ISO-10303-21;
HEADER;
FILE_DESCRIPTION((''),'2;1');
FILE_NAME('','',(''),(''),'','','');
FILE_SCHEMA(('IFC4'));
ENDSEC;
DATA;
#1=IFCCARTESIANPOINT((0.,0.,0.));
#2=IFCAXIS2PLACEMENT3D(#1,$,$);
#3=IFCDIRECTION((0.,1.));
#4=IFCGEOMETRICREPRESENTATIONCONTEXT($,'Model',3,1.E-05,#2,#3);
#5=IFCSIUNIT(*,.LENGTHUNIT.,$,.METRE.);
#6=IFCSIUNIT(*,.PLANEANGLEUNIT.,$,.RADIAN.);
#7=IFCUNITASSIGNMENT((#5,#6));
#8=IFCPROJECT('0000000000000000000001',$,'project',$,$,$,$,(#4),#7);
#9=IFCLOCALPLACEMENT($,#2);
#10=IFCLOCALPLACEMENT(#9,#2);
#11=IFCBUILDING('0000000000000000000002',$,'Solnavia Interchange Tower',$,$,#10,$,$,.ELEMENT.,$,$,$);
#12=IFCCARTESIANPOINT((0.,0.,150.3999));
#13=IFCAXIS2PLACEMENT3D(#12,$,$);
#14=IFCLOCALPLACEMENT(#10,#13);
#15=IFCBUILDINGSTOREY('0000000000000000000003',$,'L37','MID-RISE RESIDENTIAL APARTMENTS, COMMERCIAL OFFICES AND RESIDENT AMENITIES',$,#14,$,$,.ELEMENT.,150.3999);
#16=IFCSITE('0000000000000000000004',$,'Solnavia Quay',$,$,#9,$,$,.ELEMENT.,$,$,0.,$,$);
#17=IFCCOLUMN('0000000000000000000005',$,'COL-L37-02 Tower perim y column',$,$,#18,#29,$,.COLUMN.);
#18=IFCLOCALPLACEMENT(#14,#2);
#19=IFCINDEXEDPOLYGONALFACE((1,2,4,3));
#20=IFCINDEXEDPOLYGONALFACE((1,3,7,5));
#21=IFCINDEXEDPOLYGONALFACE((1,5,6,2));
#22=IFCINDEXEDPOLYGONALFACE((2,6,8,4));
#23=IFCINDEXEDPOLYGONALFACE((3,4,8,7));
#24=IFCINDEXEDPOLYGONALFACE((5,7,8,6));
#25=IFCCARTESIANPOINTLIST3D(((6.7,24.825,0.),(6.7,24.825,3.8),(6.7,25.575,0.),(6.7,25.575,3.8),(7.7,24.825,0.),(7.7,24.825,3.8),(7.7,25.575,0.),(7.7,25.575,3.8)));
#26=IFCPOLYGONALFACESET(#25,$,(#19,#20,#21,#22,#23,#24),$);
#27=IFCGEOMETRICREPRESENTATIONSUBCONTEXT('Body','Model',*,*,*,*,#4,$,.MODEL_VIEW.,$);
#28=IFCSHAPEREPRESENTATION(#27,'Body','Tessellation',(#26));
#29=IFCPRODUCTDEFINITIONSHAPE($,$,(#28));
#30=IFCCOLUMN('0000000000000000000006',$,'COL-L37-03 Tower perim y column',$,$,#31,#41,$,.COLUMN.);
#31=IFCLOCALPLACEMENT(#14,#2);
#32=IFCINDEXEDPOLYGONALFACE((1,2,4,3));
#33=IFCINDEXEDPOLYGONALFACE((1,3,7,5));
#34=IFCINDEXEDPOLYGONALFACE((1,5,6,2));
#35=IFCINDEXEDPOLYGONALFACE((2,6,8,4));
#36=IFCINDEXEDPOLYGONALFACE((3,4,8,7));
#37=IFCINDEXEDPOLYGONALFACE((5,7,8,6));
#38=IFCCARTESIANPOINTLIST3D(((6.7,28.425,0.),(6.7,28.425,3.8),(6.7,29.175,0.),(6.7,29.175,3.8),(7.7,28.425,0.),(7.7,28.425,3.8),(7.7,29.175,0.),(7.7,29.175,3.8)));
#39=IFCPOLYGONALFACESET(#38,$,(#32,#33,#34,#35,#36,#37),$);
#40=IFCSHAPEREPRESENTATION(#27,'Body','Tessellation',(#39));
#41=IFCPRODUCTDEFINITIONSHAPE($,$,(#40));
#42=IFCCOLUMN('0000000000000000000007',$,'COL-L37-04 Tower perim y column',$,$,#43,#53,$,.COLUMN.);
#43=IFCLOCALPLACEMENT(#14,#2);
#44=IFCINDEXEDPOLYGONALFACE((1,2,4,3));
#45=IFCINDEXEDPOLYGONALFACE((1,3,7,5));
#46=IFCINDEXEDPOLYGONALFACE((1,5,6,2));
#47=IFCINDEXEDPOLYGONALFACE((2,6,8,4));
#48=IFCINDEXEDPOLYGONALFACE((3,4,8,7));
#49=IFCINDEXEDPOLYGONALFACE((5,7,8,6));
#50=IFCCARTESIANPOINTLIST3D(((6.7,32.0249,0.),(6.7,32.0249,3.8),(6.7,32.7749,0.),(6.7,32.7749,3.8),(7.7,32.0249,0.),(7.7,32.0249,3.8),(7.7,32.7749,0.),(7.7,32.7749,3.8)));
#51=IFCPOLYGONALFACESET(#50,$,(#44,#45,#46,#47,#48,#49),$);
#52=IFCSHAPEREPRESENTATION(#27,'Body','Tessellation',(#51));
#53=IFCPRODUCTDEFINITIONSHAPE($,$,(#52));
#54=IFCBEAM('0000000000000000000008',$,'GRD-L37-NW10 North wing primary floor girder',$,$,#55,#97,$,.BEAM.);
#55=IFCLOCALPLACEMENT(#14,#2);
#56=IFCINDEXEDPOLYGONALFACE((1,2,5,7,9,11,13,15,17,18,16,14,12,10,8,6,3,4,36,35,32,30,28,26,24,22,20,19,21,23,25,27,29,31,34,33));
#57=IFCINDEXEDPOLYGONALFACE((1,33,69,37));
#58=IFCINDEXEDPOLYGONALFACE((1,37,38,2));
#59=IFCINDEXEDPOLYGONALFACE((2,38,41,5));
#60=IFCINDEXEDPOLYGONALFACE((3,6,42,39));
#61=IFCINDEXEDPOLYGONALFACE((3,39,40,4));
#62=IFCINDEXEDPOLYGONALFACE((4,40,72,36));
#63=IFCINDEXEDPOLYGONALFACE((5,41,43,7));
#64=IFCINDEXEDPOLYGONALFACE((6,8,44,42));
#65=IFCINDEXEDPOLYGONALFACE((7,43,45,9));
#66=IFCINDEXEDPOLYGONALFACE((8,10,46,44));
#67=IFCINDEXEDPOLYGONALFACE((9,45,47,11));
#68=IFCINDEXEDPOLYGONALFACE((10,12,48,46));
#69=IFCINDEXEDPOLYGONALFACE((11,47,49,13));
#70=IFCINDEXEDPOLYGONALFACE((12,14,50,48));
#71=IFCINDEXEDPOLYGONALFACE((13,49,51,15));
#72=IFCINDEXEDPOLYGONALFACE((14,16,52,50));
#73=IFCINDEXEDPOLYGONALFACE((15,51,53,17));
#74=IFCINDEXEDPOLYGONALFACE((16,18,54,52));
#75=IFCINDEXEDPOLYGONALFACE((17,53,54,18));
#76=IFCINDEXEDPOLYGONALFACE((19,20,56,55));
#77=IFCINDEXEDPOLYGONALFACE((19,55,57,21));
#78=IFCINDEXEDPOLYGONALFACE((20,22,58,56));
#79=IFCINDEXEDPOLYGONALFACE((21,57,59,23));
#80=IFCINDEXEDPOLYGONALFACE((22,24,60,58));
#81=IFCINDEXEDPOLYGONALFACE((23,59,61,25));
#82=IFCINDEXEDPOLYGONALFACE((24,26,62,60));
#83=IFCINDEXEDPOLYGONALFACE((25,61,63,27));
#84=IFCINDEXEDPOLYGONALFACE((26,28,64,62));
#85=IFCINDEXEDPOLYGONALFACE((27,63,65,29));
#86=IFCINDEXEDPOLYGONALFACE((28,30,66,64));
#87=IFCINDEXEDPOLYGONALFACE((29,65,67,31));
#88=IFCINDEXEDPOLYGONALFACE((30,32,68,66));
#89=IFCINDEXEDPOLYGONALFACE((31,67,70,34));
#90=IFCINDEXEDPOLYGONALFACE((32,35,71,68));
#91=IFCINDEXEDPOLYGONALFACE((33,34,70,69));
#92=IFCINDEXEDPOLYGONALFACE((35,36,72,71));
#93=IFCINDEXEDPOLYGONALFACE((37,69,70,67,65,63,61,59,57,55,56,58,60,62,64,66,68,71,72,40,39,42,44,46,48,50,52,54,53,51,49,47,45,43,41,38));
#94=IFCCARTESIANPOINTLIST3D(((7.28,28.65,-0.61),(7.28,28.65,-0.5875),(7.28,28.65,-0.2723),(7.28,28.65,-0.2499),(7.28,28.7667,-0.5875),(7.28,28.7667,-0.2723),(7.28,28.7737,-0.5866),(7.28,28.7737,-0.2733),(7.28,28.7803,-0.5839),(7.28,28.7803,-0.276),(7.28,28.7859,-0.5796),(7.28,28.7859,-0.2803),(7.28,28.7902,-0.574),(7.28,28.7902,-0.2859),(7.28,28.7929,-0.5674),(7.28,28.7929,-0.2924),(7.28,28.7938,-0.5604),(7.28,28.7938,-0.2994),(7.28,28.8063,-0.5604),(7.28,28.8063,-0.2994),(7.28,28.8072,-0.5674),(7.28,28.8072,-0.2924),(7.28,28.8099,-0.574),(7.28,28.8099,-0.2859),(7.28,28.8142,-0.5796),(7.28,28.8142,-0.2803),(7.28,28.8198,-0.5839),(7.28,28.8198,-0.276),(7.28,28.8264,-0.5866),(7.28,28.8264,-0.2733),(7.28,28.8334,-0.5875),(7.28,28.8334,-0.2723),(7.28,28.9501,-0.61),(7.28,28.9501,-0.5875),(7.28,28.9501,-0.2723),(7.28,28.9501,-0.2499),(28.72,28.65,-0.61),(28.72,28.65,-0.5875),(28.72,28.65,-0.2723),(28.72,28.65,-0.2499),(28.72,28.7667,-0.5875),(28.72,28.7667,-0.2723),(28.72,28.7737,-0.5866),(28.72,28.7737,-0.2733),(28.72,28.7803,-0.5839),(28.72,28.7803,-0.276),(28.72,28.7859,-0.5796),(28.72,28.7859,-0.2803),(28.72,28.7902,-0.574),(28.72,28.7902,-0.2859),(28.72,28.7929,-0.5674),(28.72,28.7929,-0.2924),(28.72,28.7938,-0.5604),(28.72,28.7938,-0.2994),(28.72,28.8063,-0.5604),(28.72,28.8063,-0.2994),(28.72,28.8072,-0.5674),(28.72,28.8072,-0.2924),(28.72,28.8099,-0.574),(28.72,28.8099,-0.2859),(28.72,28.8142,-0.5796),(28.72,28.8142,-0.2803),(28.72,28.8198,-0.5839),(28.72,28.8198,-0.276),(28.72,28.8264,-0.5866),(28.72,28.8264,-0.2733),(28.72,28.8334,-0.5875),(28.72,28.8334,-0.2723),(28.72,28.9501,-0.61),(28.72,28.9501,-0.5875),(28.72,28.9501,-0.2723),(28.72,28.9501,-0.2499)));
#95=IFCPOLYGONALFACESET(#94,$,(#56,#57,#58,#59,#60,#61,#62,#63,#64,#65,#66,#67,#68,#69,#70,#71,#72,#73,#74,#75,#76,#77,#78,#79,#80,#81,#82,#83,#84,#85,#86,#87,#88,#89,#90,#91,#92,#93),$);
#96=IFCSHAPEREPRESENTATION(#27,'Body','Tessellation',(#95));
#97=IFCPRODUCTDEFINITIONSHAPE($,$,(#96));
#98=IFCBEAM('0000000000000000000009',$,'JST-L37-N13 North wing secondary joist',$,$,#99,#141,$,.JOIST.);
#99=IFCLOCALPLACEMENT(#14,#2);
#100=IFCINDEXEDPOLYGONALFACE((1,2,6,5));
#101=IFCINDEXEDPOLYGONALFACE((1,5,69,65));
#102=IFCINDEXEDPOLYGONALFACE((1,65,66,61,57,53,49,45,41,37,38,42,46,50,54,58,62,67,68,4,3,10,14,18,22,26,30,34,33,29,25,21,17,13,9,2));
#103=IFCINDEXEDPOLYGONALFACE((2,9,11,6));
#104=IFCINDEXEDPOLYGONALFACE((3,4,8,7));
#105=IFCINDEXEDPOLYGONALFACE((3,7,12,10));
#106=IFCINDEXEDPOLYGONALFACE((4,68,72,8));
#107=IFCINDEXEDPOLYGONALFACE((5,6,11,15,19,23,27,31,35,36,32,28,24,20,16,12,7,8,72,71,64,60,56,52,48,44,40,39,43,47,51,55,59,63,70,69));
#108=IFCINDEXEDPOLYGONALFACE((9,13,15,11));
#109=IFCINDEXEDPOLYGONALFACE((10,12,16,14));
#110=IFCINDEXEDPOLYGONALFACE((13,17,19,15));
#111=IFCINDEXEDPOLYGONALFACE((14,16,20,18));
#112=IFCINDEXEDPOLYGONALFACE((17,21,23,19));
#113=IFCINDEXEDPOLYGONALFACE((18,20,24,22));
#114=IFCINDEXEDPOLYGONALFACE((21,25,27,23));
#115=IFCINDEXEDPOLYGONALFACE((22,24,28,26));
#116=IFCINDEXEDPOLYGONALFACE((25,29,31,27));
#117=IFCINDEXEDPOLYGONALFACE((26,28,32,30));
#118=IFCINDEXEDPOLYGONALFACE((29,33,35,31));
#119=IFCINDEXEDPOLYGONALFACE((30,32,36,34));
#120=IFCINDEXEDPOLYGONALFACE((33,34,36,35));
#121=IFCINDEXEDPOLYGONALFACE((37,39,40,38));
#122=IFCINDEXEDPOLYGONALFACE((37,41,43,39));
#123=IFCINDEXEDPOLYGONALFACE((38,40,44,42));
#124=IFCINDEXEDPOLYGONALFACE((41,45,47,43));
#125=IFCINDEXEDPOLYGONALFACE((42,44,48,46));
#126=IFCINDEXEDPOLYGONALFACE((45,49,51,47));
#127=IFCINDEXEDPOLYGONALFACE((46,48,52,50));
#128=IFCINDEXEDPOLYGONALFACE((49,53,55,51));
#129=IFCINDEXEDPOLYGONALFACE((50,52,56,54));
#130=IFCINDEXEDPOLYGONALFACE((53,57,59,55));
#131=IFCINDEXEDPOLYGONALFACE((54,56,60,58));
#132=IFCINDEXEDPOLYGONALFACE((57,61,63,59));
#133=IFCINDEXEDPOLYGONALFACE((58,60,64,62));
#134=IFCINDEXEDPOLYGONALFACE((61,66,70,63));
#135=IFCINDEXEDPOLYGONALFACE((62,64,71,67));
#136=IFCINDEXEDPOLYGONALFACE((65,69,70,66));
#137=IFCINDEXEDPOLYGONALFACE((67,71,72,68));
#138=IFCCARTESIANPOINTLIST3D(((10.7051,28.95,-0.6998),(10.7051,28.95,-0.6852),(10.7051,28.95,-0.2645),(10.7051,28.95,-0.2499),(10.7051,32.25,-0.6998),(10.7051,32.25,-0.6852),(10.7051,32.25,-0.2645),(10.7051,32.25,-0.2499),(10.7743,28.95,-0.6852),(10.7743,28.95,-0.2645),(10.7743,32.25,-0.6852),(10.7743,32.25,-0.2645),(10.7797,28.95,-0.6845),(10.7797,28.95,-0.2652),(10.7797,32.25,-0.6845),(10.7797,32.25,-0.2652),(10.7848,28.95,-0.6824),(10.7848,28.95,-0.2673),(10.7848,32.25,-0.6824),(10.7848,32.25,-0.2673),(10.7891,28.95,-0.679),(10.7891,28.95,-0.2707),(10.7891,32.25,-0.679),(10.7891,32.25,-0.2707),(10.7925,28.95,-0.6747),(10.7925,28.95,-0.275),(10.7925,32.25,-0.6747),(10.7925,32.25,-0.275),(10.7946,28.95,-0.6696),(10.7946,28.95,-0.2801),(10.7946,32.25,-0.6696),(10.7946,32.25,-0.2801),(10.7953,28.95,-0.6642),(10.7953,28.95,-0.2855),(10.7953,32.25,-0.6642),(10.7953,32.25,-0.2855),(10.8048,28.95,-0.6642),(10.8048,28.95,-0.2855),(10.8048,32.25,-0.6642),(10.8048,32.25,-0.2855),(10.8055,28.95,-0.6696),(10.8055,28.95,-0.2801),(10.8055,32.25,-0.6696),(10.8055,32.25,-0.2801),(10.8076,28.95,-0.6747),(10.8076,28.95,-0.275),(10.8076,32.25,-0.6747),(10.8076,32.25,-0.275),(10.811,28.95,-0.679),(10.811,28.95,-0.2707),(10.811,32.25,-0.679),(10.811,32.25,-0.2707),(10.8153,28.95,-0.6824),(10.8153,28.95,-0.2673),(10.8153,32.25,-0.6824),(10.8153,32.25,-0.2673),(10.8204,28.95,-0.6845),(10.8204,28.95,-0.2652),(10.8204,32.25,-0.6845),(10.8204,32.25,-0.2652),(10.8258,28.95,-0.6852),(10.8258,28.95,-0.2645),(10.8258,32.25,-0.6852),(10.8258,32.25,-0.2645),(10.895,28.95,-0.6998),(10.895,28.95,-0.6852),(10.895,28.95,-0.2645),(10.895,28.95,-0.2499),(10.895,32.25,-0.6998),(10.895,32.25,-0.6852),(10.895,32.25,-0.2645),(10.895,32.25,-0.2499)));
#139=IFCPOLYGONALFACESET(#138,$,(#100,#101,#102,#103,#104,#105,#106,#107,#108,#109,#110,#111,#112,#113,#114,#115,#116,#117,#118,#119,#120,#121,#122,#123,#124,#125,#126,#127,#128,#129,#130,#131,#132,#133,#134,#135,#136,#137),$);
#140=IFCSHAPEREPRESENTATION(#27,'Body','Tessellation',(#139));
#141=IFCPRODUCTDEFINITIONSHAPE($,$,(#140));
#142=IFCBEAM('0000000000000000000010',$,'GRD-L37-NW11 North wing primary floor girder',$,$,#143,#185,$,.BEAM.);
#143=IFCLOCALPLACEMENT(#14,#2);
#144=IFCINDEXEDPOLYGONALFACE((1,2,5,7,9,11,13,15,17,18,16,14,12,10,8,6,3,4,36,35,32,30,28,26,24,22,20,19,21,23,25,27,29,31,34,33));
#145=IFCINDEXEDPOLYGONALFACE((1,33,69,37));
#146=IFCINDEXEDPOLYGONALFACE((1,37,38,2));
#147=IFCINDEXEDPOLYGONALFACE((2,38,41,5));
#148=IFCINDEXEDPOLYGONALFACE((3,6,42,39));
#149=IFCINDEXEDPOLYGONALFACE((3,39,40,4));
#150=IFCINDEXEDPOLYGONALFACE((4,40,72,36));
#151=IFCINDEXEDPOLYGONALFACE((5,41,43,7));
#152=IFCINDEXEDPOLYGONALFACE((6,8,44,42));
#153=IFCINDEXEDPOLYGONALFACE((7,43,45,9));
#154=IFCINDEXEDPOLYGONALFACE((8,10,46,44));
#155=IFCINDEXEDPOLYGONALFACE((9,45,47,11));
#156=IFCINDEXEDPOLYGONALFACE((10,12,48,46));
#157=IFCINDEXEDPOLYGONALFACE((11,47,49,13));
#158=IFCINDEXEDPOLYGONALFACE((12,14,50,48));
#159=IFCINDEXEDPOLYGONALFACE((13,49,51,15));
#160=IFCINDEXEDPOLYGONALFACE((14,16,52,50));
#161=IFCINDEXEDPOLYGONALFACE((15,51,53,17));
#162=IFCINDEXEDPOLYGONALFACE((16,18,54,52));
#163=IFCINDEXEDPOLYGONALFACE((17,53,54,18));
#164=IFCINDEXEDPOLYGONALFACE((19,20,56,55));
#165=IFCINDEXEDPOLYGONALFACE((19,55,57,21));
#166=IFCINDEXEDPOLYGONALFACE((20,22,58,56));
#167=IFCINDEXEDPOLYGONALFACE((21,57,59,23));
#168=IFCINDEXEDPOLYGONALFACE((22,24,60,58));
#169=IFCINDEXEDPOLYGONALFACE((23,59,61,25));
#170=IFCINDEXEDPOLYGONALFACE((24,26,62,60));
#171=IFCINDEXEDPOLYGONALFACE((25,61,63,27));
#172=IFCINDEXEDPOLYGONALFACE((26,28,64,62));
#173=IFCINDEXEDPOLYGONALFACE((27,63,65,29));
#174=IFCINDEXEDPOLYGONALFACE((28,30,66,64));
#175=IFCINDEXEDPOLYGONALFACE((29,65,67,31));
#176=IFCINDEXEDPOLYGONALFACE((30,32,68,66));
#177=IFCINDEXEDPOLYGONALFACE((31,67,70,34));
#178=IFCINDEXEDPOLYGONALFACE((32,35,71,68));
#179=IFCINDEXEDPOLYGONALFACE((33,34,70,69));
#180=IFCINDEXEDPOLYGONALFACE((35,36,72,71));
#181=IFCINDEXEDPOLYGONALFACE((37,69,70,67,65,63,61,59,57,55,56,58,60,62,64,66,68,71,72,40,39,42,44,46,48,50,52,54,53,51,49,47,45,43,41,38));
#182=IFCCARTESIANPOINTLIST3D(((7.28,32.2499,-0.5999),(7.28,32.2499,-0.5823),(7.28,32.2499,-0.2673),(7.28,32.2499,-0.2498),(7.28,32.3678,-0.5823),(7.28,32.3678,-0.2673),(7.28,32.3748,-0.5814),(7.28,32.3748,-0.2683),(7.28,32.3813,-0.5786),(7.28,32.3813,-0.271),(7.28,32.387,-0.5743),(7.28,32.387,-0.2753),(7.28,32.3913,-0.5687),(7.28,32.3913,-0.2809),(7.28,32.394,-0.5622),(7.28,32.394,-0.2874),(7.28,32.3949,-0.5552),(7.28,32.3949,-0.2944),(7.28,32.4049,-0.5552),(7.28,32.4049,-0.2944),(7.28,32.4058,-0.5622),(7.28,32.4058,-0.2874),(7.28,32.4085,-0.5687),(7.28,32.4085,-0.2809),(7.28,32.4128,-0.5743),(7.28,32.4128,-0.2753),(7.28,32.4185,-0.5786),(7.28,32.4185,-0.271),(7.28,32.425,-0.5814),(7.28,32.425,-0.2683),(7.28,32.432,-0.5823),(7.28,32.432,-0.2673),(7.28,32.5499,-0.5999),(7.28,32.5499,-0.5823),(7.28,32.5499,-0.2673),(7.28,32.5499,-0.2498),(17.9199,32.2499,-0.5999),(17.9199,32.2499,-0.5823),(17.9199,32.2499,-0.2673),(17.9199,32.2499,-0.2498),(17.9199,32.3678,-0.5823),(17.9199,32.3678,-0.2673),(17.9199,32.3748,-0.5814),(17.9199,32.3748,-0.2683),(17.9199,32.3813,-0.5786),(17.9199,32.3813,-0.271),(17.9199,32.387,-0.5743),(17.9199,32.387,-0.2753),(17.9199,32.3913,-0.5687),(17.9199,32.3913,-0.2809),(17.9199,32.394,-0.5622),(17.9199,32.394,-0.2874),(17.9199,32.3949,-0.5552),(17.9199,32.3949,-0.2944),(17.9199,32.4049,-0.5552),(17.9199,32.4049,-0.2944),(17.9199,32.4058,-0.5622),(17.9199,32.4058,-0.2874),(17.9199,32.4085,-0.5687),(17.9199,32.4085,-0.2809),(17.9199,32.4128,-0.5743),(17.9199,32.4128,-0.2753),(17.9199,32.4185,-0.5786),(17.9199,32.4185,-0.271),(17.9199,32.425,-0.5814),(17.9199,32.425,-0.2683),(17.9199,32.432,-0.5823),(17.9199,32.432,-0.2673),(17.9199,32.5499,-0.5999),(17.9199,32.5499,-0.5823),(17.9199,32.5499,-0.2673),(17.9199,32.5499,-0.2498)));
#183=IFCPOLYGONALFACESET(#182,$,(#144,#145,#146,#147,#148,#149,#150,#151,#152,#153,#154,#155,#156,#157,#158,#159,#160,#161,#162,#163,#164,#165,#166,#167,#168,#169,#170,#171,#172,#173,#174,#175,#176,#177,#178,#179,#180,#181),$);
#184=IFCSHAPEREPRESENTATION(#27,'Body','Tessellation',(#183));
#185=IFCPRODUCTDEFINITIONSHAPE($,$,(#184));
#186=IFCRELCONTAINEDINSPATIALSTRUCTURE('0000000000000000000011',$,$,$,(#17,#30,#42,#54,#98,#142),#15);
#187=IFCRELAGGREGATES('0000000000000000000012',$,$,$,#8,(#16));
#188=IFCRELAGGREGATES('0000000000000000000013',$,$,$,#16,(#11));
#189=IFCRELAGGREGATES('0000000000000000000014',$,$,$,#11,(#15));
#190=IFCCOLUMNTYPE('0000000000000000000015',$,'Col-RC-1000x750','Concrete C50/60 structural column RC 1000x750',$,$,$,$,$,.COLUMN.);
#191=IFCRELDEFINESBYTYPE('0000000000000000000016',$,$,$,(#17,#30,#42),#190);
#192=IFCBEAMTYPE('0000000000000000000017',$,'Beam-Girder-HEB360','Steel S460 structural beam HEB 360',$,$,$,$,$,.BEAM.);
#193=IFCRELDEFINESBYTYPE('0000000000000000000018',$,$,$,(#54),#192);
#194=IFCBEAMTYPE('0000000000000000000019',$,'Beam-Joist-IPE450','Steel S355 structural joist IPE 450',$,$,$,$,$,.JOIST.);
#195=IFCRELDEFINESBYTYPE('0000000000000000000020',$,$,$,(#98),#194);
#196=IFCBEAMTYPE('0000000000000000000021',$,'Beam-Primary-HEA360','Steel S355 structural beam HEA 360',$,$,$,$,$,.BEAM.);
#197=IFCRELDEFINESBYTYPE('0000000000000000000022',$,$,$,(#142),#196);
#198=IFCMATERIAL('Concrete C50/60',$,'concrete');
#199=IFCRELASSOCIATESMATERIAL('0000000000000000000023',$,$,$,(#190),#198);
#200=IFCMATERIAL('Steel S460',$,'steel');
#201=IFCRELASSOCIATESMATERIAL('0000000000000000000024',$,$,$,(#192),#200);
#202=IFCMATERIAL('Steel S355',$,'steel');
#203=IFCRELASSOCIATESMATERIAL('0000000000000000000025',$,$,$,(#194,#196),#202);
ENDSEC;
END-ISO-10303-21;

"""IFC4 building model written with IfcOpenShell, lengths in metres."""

from ifc_helpers import new_model, si_unit, direction, frame, origin, origin_2d, place, context, subcontext, project, spatial, rectangle, i_section, extrude, material, material_profile, profile_set, type_object, element, save


model = new_model("IFC4")

# Units and contexts
model_context = context("Model", 3, precision=1e-05, world=origin(), true_north=direction((0.0, 1.0)))
body_context = subcontext(model_context, "Body", "Model", "MODEL_VIEW")
ifc_project = project(units=[si_unit("LENGTHUNIT", "METRE"), si_unit("PLANEANGLEUNIT", "RADIAN")], contexts=[model_context])

# Site, building, storey
site_placement = place(None, origin())
site = spatial("IfcSite", under=ifc_project, at=site_placement, Name="Solnavia Quay", CompositionType="ELEMENT", RefElevation=0.0)
building_placement = place(site_placement, origin())
building = spatial("IfcBuilding", under=site, at=building_placement, Name="Solnavia Interchange Tower", CompositionType="ELEMENT")
storey_placement = place(building_placement, frame((0.0, 0.0, 150.3999)))
storey = spatial("IfcBuildingStorey", under=building, at=storey_placement, Name="L37", Description="MID-RISE RESIDENTIAL APARTMENTS, COMMERCIAL OFFICES AND RESIDENT AMENITIES", CompositionType="ELEMENT", Elevation=150.3999)

# Columns
ifc_material_1 = material(Name="Concrete C50/60", Category="concrete")
ifc_material_profile_1 = material_profile(ifc_material_1, rectangle(XDim=0.75, YDim=1.0, at=origin_2d()), Name="RC 1000x750")
ifc_profile_set_1 = profile_set([ifc_material_profile_1], Name="Concrete C50/60")
column_type = type_object("IfcColumnType", Name="Col-RC-1000x750", Description="Concrete C50/60 structural column RC 1000x750", PredefinedType="COLUMN", material=ifc_profile_set_1)
for number, where, z_axis, x_axis, name in (
    (1, (7.2, 25.2, 0.0), (0.0, 0.0, 1.0), (0.0, 1.0, 0.0), "COL-L37-02 Tower perim y column"),
    (2, (7.2, 28.8, 0.0), (0.0, 0.0, 1.0), (0.0, 1.0, 0.0), "COL-L37-03 Tower perim y column"),
    (3, (7.2, 32.3999, 0.0), (0.0, 0.0, 1.0), (0.0, 1.0, 0.0), "COL-L37-04 Tower perim y column"),
):
    element("IfcColumn", number, at=place(storey_placement, frame(where, z_axis=z_axis, x_axis=x_axis)), inside=storey, type_object=column_type, Name=name, PredefinedType="COLUMN", context=body_context, shape_type="SweptSolid", body=[
        extrude(rectangle(XDim=0.75, YDim=1.0, at=origin_2d()), origin(), (0.0, 0.0, 1.0), 3.8),
    ])

# Beams
ifc_material_2 = material(Name="Steel S460", Category="steel")
ifc_material_profile_2 = material_profile(ifc_material_2, i_section(OverallWidth=0.3, OverallDepth=0.3601, WebThickness=0.0125, FlangeThickness=0.0225, FilletRadius=0.0271, at=origin_2d()), Name="HEB 360")
ifc_profile_set_2 = profile_set([ifc_material_profile_2], Name="Steel S460")
beam_type_1 = type_object("IfcBeamType", Name="Beam-Girder-HEB360", Description="Steel S460 structural beam HEB 360", PredefinedType="BEAM", material=ifc_profile_set_2)
beam_1_placement = place(storey_placement, frame((7.28, 28.8, -0.4299), z_axis=(1.0, 0.0, 0.0), x_axis=(0.0, 1.0, 0.0)))
element("IfcBeam", 4, at=beam_1_placement, inside=storey, type_object=beam_type_1, Name="GRD-L37-NW10 North wing primary floor girder", PredefinedType="BEAM", context=body_context, shape_type="SweptSolid", body=[
    extrude(i_section(OverallWidth=0.3, OverallDepth=0.3601, WebThickness=0.0125, FlangeThickness=0.0225, FilletRadius=0.0271, at=origin_2d()), origin(), (0.0, 0.0, 1.0), 21.4399),
])
ifc_material_3 = material(Name="Steel S355", Category="steel")
ifc_material_profile_3 = material_profile(ifc_material_3, i_section(OverallWidth=0.1899, OverallDepth=0.45, WebThickness=0.0095, FlangeThickness=0.0146, FilletRadius=0.021, at=origin_2d()), Name="IPE 450")
ifc_profile_set_3 = profile_set([ifc_material_profile_3], Name="Steel S355")
beam_type_2 = type_object("IfcBeamType", Name="Beam-Joist-IPE450", Description="Steel S355 structural joist IPE 450", PredefinedType="JOIST", material=ifc_profile_set_3)
beam_2_placement = place(storey_placement, frame((10.8, 28.95, -0.4749), z_axis=(0.0, 1.0, 0.0), x_axis=(-1.0, 0.0, 0.0)))
element("IfcBeam", 5, at=beam_2_placement, inside=storey, type_object=beam_type_2, Name="JST-L37-N13 North wing secondary joist", PredefinedType="JOIST", context=body_context, shape_type="SweptSolid", body=[
    extrude(i_section(OverallWidth=0.1899, OverallDepth=0.45, WebThickness=0.0095, FlangeThickness=0.0146, FilletRadius=0.021, at=origin_2d()), origin(), (0.0, 0.0, 1.0), 3.3),
])
ifc_material_profile_4 = material_profile(ifc_material_3, i_section(OverallWidth=0.3, OverallDepth=0.3501, WebThickness=0.01, FlangeThickness=0.0176, FilletRadius=0.0271, at=origin_2d()), Name="HEA 360")
ifc_profile_set_4 = profile_set([ifc_material_profile_4], Name="Steel S355")
beam_type_3 = type_object("IfcBeamType", Name="Beam-Primary-HEA360", Description="Steel S355 structural beam HEA 360", PredefinedType="BEAM", material=ifc_profile_set_4)
beam_3_placement = place(storey_placement, frame((7.28, 32.3999, -0.4248), z_axis=(1.0, 0.0, 0.0), x_axis=(0.0, 1.0, 0.0)))
element("IfcBeam", 6, at=beam_3_placement, inside=storey, type_object=beam_type_3, Name="GRD-L37-NW11 North wing primary floor girder", PredefinedType="BEAM", context=body_context, shape_type="SweptSolid", body=[
    extrude(i_section(OverallWidth=0.3, OverallDepth=0.3501, WebThickness=0.01, FlangeThickness=0.0176, FilletRadius=0.0271, at=origin_2d()), origin(), (0.0, 0.0, 1.0), 10.6399),
])

save(model, "model.ifc")
